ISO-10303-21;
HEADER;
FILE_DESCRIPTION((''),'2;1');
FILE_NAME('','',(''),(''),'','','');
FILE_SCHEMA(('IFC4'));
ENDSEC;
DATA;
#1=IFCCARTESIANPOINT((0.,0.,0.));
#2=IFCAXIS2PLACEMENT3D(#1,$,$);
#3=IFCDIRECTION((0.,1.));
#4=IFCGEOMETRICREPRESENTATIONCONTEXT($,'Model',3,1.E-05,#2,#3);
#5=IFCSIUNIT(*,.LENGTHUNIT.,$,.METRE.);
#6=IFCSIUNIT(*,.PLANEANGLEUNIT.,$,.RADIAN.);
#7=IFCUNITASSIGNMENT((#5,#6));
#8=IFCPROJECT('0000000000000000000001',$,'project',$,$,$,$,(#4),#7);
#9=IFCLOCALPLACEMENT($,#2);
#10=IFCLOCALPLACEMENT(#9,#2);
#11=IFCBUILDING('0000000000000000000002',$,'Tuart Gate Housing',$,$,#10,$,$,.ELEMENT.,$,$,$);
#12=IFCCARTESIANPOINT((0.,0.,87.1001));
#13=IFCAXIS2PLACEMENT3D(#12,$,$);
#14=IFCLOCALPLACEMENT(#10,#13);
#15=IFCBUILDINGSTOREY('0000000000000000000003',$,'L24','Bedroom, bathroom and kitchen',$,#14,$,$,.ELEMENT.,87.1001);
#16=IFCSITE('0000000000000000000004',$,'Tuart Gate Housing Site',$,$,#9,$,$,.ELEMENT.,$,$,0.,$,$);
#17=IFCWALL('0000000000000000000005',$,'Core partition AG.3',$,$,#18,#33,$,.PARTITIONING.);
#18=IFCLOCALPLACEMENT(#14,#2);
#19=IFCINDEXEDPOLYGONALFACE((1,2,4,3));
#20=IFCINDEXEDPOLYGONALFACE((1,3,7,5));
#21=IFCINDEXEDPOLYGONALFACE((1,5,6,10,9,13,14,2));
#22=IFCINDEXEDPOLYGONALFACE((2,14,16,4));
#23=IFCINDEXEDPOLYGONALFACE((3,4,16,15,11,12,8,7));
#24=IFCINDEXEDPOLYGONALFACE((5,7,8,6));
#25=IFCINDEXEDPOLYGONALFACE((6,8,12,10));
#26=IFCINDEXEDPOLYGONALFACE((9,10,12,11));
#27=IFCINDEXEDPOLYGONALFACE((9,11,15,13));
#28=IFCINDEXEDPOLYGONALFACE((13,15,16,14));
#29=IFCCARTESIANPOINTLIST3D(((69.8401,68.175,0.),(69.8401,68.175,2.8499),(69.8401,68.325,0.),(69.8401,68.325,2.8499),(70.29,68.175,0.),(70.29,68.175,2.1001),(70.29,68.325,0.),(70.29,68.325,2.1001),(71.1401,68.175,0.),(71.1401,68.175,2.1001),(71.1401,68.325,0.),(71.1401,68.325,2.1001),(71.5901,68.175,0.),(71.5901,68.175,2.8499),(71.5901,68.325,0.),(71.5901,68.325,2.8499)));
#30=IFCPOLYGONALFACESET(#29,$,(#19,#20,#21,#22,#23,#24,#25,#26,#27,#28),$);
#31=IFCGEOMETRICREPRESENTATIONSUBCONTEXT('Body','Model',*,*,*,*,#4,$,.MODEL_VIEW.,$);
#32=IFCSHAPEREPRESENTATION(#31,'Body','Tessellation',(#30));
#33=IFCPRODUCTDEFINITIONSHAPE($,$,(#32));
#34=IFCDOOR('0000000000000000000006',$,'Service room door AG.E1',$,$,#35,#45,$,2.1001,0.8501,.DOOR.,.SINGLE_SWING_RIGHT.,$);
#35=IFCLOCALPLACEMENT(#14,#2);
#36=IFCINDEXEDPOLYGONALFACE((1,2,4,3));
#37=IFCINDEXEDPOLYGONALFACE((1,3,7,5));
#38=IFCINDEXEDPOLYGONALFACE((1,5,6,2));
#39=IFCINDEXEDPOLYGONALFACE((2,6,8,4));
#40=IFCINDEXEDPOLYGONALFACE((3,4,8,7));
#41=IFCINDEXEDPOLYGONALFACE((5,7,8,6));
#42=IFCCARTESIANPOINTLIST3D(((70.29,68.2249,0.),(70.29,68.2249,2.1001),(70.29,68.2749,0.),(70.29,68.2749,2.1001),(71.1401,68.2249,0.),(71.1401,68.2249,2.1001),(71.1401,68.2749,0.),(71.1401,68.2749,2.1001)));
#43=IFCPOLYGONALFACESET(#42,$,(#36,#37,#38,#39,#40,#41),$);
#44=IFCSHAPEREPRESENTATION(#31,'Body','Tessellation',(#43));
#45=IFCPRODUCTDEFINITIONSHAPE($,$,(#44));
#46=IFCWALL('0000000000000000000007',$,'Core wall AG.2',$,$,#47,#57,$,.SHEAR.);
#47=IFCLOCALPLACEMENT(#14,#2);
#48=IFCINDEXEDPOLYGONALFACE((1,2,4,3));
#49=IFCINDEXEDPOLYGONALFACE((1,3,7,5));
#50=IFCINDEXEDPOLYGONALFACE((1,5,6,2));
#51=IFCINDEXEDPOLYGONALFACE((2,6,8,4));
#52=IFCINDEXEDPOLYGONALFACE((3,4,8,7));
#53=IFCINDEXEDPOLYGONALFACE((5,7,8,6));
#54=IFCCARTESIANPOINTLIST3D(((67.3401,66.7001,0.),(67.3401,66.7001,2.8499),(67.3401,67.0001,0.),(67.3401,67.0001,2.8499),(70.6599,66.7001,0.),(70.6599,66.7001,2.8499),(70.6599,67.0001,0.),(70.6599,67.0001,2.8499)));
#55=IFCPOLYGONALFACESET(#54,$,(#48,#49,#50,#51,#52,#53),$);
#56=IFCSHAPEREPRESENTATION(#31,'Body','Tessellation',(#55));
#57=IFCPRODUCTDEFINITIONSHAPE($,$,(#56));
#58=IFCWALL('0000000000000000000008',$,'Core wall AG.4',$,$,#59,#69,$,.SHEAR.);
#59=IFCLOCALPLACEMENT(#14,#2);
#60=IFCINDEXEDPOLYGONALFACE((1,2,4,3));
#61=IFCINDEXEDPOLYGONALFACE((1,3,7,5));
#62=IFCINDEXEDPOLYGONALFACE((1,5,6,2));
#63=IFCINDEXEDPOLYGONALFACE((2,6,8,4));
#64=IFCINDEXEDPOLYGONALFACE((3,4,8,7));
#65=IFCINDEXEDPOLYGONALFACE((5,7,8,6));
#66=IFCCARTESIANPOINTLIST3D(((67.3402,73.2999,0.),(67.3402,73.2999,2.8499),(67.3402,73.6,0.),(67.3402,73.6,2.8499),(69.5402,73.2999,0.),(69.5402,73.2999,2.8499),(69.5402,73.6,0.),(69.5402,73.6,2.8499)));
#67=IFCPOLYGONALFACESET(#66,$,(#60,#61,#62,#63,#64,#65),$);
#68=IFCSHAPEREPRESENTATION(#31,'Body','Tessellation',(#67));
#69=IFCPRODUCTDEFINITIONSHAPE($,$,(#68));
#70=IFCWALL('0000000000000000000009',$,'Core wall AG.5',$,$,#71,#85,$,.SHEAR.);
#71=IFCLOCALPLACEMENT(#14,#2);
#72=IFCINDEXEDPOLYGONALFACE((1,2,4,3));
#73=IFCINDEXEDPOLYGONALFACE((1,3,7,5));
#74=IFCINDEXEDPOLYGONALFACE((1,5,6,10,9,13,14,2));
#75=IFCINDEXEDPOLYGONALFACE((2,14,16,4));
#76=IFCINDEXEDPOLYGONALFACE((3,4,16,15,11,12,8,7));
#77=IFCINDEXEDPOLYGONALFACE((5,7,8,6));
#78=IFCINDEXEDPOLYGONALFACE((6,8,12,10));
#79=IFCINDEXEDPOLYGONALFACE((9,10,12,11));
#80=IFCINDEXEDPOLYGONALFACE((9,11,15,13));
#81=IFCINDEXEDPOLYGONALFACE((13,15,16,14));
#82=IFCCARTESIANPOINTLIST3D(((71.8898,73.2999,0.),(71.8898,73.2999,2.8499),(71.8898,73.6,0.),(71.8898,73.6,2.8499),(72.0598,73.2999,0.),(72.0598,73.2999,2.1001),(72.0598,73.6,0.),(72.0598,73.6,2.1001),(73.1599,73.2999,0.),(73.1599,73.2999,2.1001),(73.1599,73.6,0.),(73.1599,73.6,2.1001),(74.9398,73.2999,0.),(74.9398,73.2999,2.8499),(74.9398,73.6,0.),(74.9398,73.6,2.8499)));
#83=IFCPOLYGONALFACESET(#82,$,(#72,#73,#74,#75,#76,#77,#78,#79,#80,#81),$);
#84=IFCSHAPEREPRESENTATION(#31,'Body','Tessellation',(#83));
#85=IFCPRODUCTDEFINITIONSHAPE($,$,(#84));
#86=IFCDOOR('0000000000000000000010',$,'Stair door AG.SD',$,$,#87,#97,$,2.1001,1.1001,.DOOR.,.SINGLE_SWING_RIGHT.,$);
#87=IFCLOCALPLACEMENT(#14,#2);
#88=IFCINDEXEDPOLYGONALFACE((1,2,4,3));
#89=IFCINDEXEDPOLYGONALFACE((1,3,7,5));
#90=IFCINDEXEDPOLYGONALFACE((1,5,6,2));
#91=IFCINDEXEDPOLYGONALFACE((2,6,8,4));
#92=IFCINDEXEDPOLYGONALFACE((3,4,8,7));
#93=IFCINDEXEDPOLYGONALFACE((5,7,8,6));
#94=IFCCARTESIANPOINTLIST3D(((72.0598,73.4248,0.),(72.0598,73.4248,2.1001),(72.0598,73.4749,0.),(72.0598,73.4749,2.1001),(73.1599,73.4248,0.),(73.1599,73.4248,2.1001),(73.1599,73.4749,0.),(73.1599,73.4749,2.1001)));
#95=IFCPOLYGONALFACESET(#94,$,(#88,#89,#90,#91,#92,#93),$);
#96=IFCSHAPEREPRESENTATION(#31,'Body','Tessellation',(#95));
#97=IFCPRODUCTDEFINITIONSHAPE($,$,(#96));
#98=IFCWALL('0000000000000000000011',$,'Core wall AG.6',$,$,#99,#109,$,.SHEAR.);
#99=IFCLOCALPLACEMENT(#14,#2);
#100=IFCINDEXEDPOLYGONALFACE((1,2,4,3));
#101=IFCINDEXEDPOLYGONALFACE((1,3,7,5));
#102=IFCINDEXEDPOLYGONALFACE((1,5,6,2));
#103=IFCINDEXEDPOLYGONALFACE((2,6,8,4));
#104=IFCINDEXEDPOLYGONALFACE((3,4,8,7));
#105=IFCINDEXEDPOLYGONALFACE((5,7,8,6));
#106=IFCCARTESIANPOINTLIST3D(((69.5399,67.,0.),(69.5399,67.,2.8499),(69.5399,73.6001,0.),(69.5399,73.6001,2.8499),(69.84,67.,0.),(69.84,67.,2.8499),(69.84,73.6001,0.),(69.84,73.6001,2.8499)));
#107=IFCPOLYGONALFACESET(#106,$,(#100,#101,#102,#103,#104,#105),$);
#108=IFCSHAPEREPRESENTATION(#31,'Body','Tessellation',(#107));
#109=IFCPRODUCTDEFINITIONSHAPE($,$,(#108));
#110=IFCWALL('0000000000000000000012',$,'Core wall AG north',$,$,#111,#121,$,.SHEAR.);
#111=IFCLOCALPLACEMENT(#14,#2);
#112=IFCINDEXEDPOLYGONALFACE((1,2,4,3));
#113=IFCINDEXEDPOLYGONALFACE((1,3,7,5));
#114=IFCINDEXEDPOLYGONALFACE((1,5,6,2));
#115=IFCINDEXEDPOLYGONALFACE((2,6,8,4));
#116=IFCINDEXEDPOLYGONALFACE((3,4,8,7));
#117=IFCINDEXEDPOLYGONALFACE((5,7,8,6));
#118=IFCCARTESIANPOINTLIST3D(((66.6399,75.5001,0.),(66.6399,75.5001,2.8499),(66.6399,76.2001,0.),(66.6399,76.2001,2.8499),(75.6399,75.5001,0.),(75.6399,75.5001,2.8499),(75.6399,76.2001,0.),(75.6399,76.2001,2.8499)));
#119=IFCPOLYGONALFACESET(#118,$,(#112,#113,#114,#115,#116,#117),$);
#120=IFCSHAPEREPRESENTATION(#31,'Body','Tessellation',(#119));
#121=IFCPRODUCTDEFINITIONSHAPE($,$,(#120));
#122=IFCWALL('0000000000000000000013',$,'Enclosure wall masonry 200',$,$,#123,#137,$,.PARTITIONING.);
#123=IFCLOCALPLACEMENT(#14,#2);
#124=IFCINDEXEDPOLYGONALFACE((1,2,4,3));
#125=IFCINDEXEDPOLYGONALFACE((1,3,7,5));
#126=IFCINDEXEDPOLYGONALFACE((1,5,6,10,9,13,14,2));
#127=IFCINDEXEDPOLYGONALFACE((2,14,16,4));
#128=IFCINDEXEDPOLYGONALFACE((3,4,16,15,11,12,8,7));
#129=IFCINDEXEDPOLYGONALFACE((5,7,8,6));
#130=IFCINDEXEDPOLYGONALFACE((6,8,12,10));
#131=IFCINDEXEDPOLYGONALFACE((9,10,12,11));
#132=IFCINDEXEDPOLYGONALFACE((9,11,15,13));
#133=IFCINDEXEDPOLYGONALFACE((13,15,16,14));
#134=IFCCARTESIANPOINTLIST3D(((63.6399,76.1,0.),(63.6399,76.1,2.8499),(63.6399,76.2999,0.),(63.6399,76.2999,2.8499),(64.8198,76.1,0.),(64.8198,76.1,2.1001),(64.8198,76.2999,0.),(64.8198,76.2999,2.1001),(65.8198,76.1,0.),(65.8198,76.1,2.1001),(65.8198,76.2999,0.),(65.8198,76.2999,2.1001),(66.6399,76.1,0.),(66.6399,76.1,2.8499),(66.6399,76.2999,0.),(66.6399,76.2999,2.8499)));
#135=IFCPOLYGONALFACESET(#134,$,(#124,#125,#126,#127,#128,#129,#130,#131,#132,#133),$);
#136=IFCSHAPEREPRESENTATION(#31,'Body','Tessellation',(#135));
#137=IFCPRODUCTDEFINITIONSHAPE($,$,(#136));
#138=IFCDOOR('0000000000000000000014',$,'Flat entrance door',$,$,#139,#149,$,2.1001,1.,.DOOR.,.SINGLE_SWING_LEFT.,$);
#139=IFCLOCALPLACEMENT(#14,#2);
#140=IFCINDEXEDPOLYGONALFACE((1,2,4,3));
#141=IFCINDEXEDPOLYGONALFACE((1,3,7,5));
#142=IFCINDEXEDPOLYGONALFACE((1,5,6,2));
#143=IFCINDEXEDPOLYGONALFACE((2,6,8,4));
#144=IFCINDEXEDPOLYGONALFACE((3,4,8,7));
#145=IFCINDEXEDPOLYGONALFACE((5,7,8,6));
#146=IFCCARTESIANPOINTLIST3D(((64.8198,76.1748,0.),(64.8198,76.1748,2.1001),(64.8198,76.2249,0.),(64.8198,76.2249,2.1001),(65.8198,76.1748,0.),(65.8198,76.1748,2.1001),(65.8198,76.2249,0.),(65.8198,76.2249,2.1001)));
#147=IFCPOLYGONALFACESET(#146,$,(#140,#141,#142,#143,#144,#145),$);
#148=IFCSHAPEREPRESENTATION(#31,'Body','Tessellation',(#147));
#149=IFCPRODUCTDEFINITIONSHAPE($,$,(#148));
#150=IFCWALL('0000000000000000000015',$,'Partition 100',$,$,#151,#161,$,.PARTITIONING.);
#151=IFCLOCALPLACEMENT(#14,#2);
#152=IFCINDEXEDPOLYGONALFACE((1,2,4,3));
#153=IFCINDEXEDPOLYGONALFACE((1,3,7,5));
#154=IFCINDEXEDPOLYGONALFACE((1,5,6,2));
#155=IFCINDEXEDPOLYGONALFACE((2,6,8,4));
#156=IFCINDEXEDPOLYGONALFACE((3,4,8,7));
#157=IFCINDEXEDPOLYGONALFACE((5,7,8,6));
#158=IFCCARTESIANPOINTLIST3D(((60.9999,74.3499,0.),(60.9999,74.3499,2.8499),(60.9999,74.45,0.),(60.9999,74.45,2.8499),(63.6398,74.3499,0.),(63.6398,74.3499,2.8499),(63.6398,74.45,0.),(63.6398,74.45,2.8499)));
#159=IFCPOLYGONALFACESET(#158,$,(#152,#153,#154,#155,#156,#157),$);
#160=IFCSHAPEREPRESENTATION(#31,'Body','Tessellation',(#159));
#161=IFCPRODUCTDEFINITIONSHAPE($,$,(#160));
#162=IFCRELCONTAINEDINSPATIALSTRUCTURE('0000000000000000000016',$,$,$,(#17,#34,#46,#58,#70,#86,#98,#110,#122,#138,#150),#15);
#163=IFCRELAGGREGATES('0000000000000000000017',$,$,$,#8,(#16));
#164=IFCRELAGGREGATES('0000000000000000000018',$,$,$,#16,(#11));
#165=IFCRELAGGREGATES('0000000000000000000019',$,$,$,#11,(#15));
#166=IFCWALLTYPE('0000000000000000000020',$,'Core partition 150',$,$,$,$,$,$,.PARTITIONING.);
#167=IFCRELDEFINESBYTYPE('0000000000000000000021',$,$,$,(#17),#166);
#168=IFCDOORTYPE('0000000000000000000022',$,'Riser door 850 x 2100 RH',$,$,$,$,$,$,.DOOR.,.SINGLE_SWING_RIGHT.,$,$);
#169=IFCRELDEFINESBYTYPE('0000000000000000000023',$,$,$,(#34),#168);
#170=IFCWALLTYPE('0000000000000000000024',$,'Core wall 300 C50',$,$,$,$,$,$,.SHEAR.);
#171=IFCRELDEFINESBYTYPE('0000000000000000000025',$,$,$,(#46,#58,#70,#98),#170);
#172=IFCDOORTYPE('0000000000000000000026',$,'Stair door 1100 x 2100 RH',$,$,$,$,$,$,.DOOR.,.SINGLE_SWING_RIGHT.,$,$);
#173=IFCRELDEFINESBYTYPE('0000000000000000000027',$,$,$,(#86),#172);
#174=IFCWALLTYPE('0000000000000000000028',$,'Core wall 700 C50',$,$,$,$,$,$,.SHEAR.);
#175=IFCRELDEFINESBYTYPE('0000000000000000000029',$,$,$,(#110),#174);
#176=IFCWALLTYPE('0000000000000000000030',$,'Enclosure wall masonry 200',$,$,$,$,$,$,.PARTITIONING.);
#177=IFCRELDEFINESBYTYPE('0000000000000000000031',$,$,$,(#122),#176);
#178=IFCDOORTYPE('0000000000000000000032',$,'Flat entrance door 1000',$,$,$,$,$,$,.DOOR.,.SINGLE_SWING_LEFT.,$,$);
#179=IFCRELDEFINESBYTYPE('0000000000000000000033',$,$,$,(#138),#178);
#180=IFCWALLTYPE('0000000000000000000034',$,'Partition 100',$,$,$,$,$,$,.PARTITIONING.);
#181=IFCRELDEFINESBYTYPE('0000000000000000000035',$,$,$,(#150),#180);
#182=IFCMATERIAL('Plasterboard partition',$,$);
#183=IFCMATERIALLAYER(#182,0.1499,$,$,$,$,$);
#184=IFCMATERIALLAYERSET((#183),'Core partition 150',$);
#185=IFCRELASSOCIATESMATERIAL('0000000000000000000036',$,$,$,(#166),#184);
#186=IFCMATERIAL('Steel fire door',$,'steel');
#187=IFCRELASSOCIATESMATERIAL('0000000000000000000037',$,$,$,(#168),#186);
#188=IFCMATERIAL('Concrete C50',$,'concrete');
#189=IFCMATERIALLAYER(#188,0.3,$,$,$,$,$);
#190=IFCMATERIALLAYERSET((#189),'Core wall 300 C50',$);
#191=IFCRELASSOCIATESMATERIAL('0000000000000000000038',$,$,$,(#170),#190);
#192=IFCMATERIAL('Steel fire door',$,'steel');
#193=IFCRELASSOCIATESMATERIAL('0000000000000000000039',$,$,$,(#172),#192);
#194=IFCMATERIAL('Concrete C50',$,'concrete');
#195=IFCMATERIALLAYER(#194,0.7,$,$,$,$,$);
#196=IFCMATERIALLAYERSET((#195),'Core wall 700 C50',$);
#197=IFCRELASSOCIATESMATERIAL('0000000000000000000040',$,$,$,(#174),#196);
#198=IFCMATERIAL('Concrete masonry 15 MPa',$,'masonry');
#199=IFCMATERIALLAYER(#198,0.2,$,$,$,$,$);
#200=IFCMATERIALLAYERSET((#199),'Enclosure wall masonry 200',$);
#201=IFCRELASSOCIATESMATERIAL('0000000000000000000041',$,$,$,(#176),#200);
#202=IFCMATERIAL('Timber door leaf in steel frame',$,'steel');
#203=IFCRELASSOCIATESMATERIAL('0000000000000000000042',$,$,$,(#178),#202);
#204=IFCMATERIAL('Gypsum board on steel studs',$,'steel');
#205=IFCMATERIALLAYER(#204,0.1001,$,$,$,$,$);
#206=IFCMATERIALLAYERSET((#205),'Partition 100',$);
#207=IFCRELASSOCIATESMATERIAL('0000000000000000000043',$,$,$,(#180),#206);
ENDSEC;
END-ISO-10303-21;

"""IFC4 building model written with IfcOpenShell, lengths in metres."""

from ifc_helpers import new_model, si_unit, direction, frame, frame_2d, origin, place, context, subcontext, project, spatial, rectangle, extrude, material, layer, layer_set, type_object, element, fill, save


model = new_model("IFC4")

# Units and contexts
model_context = context("Model", 3, precision=1e-05, world=origin(), true_north=direction((0.0, 1.0)))
body_context = subcontext(model_context, "Body", "Model", "MODEL_VIEW")
ifc_project = project(units=[si_unit("LENGTHUNIT", "METRE"), si_unit("PLANEANGLEUNIT", "RADIAN")], contexts=[model_context])

# Site, building, storey
site_placement = place(None, origin())
site = spatial("IfcSite", under=ifc_project, at=site_placement, Name="Tuart Gate Housing Site", CompositionType="ELEMENT", RefElevation=0.0)
building_placement = place(site_placement, origin())
building = spatial("IfcBuilding", under=site, at=building_placement, Name="Tuart Gate Housing", CompositionType="ELEMENT")
storey_placement = place(building_placement, frame((0.0, 0.0, 87.1001)))
storey = spatial("IfcBuildingStorey", under=building, at=storey_placement, Name="L24", Description="Bedroom, bathroom and kitchen", CompositionType="ELEMENT", Elevation=87.1001)

# Wall, opening, door
ifc_material_1 = material(Name="Plasterboard partition")
ifc_layer_1 = layer(ifc_material_1, 0.1499)
ifc_layer_set_1 = layer_set([ifc_layer_1], Name="Core partition 150")
wall_type_1 = type_object("IfcWallType", Name="Core partition 150", PredefinedType="PARTITIONING", material=ifc_layer_set_1)
wall_1_placement = place(storey_placement, frame((69.8401, 68.25, 0.0), z_axis=(0.0, 0.0, 1.0), x_axis=(1.0, 0.0, 0.0)))
wall_1 = element("IfcWall", 1, at=wall_1_placement, inside=storey, type_object=wall_type_1, Name="Core partition AG.3", PredefinedType="PARTITIONING", context=body_context, shape_type="SweptSolid", body=[
    extrude(rectangle(XDim=1.75, YDim=0.1499, at=frame_2d((0.875, 0.0))), origin(), (0.0, 0.0, 1.0), 2.8499),
])
opening_1_placement = place(wall_1_placement, frame((0.45, 0.0, 0.0)))
opening_1 = element("IfcOpeningElement", 2, at=opening_1_placement, cuts=wall_1, PredefinedType="OPENING", context=body_context, shape_type="SweptSolid", body=[
    extrude(rectangle(XDim=0.8501, YDim=2.1001, at=frame_2d((0.425, 1.05))), frame((0.0, 0.085, 0.0), z_axis=(0.0, -1.0, 0.0), x_axis=(1.0, 0.0, 0.0)), (0.0, 0.0, 1.0), 0.1699),
])
ifc_material_2 = material(Name="Steel fire door", Category="steel")
door_type_1 = type_object("IfcDoorType", Name="Riser door 850 x 2100 RH", OperationType="SINGLE_SWING_RIGHT", PredefinedType="DOOR", material=ifc_material_2)
door_1_placement = place(opening_1_placement, frame((0.8501, 0.0, 0.0), z_axis=(0.0, 0.0, 1.0), x_axis=(-1.0, 0.0, 0.0)))
door_1 = element("IfcDoor", 3, at=door_1_placement, inside=storey, type_object=door_type_1, Name="Service room door AG.E1", OperationType="SINGLE_SWING_RIGHT", OverallHeight=2.1001, OverallWidth=0.8501, PredefinedType="DOOR", context=body_context, shape_type="SweptSolid", body=[
    extrude(rectangle(XDim=0.8501, YDim=2.1001, at=frame_2d((0.425, 1.05))), frame((0.0, 0.0251, 0.0), z_axis=(0.0, -1.0, 0.0), x_axis=(1.0, 0.0, 0.0)), (0.0, 0.0, 1.0), 0.05),
])
fill(opening_1, door_1)

# Walls
ifc_material_3 = material(Name="Concrete C50", Category="concrete")
ifc_layer_2 = layer(ifc_material_3, 0.3)
ifc_layer_set_2 = layer_set([ifc_layer_2], Name="Core wall 300 C50")
wall_type_2 = type_object("IfcWallType", Name="Core wall 300 C50", PredefinedType="SHEAR", material=ifc_layer_set_2)
wall_2_placement = place(storey_placement, frame((67.3401, 66.8501, 0.0), z_axis=(0.0, 0.0, 1.0), x_axis=(1.0, 0.0, 0.0)))
element("IfcWall", 4, at=wall_2_placement, inside=storey, type_object=wall_type_2, Name="Core wall AG.2", PredefinedType="SHEAR", context=body_context, shape_type="SweptSolid", body=[
    extrude(rectangle(XDim=3.3198, YDim=0.3, at=frame_2d((1.6599, 0.0))), origin(), (0.0, 0.0, 1.0), 2.8499),
])
wall_3_placement = place(storey_placement, frame((67.3401, 73.45, 0.0), z_axis=(0.0, 0.0, 1.0), x_axis=(1.0, 0.0, 0.0)))
element("IfcWall", 5, at=wall_3_placement, inside=storey, type_object=wall_type_2, Name="Core wall AG.4", PredefinedType="SHEAR", context=body_context, shape_type="SweptSolid", body=[
    extrude(rectangle(XDim=2.2, YDim=0.3, at=frame_2d((1.1001, 0.0))), origin(), (0.0, 0.0, 1.0), 2.8499),
])

# Wall, opening, door
wall_4_placement = place(storey_placement, frame((71.8899, 73.45, 0.0), z_axis=(0.0, 0.0, 1.0), x_axis=(1.0, 0.0, 0.0)))
wall_4 = element("IfcWall", 6, at=wall_4_placement, inside=storey, type_object=wall_type_2, Name="Core wall AG.5", PredefinedType="SHEAR", context=body_context, shape_type="SweptSolid", body=[
    extrude(rectangle(XDim=3.05, YDim=0.3, at=frame_2d((1.5249, 0.0))), origin(), (0.0, 0.0, 1.0), 2.8499),
])
opening_2_placement = place(wall_4_placement, frame((0.1699, 0.0, 0.0)))
opening_2 = element("IfcOpeningElement", 7, at=opening_2_placement, cuts=wall_4, PredefinedType="OPENING", context=body_context, shape_type="SweptSolid", body=[
    extrude(rectangle(XDim=1.1001, YDim=2.1001, at=frame_2d((0.55, 1.05))), frame((0.0, 0.1599, 0.0), z_axis=(0.0, -1.0, 0.0), x_axis=(1.0, 0.0, 0.0)), (0.0, 0.0, 1.0), 0.3201),
])
ifc_material_4 = material(Name="Steel fire door", Category="steel")
door_type_2 = type_object("IfcDoorType", Name="Stair door 1100 x 2100 RH", OperationType="SINGLE_SWING_RIGHT", PredefinedType="DOOR", material=ifc_material_4)
door_2_placement = place(opening_2_placement, frame((1.1001, 0.0, 0.0), z_axis=(0.0, 0.0, 1.0), x_axis=(-1.0, 0.0, 0.0)))
door_2 = element("IfcDoor", 8, at=door_2_placement, inside=storey, type_object=door_type_2, Name="Stair door AG.SD", OperationType="SINGLE_SWING_RIGHT", OverallHeight=2.1001, OverallWidth=1.1001, PredefinedType="DOOR", context=body_context, shape_type="SweptSolid", body=[
    extrude(rectangle(XDim=1.1001, YDim=2.1001, at=frame_2d((0.55, 1.05))), frame((0.0, 0.0251, 0.0), z_axis=(0.0, -1.0, 0.0), x_axis=(1.0, 0.0, 0.0)), (0.0, 0.0, 1.0), 0.05),
])
fill(opening_2, door_2)

# Walls
wall_5_placement = place(storey_placement, frame((69.6899, 67.0, 0.0), z_axis=(0.0, 0.0, 1.0), x_axis=(0.0, 1.0, 0.0)))
element("IfcWall", 9, at=wall_5_placement, inside=storey, type_object=wall_type_2, Name="Core wall AG.6", PredefinedType="SHEAR", context=body_context, shape_type="SweptSolid", body=[
    extrude(rectangle(XDim=6.6001, YDim=0.3, at=frame_2d((3.3, 0.0))), origin(), (0.0, 0.0, 1.0), 2.8499),
])
ifc_material_5 = material(Name="Concrete C50", Category="concrete")
ifc_layer_3 = layer(ifc_material_5, 0.7)
ifc_layer_set_3 = layer_set([ifc_layer_3], Name="Core wall 700 C50")
wall_type_3 = type_object("IfcWallType", Name="Core wall 700 C50", PredefinedType="SHEAR", material=ifc_layer_set_3)
wall_6_placement = place(storey_placement, frame((66.6399, 75.8501, 0.0), z_axis=(0.0, 0.0, 1.0), x_axis=(1.0, 0.0, 0.0)))
element("IfcWall", 10, at=wall_6_placement, inside=storey, type_object=wall_type_3, Name="Core wall AG north", PredefinedType="SHEAR", context=body_context, shape_type="SweptSolid", body=[
    extrude(rectangle(XDim=9.0, YDim=0.7, at=frame_2d((4.5, 0.0))), origin(), (0.0, 0.0, 1.0), 2.8499),
])

# Wall, opening, door
ifc_material_6 = material(Name="Concrete masonry 15 MPa", Category="masonry")
ifc_layer_4 = layer(ifc_material_6, 0.2)
ifc_layer_set_4 = layer_set([ifc_layer_4], Name="Enclosure wall masonry 200")
wall_type_4 = type_object("IfcWallType", Name="Enclosure wall masonry 200", PredefinedType="PARTITIONING", material=ifc_layer_set_4)
wall_7_placement = place(storey_placement, frame((63.6399, 76.2, 0.0), z_axis=(0.0, 0.0, 1.0), x_axis=(1.0, 0.0, 0.0)))
wall_7 = element("IfcWall", 11, at=wall_7_placement, inside=storey, type_object=wall_type_4, Name="Enclosure wall masonry 200", PredefinedType="PARTITIONING", context=body_context, shape_type="SweptSolid", body=[
    extrude(rectangle(XDim=3.0, YDim=0.2, at=frame_2d((1.5, 0.0))), origin(), (0.0, 0.0, 1.0), 2.8499),
])
opening_3_placement = place(wall_7_placement, frame((1.1799, 0.0, 0.0)))
opening_3 = element("IfcOpeningElement", 12, at=opening_3_placement, cuts=wall_7, PredefinedType="OPENING", context=body_context, shape_type="SweptSolid", body=[
    extrude(rectangle(XDim=1.0, YDim=2.1001, at=frame_2d((0.5, 1.05))), frame((0.0, 0.1099, 0.0), z_axis=(0.0, -1.0, 0.0), x_axis=(1.0, 0.0, 0.0)), (0.0, 0.0, 1.0), 0.22),
])
ifc_material_7 = material(Name="Timber door leaf in steel frame", Category="steel")
door_type_3 = type_object("IfcDoorType", Name="Flat entrance door 1000", OperationType="SINGLE_SWING_LEFT", PredefinedType="DOOR", material=ifc_material_7)
door_3_placement = place(opening_3_placement, origin())
door_3 = element("IfcDoor", 13, at=door_3_placement, inside=storey, type_object=door_type_3, Name="Flat entrance door", OperationType="SINGLE_SWING_LEFT", OverallHeight=2.1001, OverallWidth=1.0, PredefinedType="DOOR", context=body_context, shape_type="SweptSolid", body=[
    extrude(rectangle(XDim=1.0, YDim=2.1001, at=frame_2d((0.5, 1.05))), frame((0.0, 0.0249, 0.0), z_axis=(0.0, -1.0, 0.0), x_axis=(1.0, 0.0, 0.0)), (0.0, 0.0, 1.0), 0.05),
])
fill(opening_3, door_3)

# Wall
ifc_material_8 = material(Name="Gypsum board on steel studs", Category="steel")
ifc_layer_5 = layer(ifc_material_8, 0.1001)
ifc_layer_set_5 = layer_set([ifc_layer_5], Name="Partition 100")
wall_type_5 = type_object("IfcWallType", Name="Partition 100", PredefinedType="PARTITIONING", material=ifc_layer_set_5)
wall_8_placement = place(storey_placement, frame((61.0, 74.3999, 0.0), z_axis=(0.0, 0.0, 1.0), x_axis=(1.0, 0.0, 0.0)))
element("IfcWall", 14, at=wall_8_placement, inside=storey, type_object=wall_type_5, Name="Partition 100", PredefinedType="PARTITIONING", context=body_context, shape_type="SweptSolid", body=[
    extrude(rectangle(XDim=2.6399, YDim=0.1001, at=frame_2d((1.3198, 0.0))), origin(), (0.0, 0.0, 1.0), 2.8499),
])

save(model, "model.ifc")
